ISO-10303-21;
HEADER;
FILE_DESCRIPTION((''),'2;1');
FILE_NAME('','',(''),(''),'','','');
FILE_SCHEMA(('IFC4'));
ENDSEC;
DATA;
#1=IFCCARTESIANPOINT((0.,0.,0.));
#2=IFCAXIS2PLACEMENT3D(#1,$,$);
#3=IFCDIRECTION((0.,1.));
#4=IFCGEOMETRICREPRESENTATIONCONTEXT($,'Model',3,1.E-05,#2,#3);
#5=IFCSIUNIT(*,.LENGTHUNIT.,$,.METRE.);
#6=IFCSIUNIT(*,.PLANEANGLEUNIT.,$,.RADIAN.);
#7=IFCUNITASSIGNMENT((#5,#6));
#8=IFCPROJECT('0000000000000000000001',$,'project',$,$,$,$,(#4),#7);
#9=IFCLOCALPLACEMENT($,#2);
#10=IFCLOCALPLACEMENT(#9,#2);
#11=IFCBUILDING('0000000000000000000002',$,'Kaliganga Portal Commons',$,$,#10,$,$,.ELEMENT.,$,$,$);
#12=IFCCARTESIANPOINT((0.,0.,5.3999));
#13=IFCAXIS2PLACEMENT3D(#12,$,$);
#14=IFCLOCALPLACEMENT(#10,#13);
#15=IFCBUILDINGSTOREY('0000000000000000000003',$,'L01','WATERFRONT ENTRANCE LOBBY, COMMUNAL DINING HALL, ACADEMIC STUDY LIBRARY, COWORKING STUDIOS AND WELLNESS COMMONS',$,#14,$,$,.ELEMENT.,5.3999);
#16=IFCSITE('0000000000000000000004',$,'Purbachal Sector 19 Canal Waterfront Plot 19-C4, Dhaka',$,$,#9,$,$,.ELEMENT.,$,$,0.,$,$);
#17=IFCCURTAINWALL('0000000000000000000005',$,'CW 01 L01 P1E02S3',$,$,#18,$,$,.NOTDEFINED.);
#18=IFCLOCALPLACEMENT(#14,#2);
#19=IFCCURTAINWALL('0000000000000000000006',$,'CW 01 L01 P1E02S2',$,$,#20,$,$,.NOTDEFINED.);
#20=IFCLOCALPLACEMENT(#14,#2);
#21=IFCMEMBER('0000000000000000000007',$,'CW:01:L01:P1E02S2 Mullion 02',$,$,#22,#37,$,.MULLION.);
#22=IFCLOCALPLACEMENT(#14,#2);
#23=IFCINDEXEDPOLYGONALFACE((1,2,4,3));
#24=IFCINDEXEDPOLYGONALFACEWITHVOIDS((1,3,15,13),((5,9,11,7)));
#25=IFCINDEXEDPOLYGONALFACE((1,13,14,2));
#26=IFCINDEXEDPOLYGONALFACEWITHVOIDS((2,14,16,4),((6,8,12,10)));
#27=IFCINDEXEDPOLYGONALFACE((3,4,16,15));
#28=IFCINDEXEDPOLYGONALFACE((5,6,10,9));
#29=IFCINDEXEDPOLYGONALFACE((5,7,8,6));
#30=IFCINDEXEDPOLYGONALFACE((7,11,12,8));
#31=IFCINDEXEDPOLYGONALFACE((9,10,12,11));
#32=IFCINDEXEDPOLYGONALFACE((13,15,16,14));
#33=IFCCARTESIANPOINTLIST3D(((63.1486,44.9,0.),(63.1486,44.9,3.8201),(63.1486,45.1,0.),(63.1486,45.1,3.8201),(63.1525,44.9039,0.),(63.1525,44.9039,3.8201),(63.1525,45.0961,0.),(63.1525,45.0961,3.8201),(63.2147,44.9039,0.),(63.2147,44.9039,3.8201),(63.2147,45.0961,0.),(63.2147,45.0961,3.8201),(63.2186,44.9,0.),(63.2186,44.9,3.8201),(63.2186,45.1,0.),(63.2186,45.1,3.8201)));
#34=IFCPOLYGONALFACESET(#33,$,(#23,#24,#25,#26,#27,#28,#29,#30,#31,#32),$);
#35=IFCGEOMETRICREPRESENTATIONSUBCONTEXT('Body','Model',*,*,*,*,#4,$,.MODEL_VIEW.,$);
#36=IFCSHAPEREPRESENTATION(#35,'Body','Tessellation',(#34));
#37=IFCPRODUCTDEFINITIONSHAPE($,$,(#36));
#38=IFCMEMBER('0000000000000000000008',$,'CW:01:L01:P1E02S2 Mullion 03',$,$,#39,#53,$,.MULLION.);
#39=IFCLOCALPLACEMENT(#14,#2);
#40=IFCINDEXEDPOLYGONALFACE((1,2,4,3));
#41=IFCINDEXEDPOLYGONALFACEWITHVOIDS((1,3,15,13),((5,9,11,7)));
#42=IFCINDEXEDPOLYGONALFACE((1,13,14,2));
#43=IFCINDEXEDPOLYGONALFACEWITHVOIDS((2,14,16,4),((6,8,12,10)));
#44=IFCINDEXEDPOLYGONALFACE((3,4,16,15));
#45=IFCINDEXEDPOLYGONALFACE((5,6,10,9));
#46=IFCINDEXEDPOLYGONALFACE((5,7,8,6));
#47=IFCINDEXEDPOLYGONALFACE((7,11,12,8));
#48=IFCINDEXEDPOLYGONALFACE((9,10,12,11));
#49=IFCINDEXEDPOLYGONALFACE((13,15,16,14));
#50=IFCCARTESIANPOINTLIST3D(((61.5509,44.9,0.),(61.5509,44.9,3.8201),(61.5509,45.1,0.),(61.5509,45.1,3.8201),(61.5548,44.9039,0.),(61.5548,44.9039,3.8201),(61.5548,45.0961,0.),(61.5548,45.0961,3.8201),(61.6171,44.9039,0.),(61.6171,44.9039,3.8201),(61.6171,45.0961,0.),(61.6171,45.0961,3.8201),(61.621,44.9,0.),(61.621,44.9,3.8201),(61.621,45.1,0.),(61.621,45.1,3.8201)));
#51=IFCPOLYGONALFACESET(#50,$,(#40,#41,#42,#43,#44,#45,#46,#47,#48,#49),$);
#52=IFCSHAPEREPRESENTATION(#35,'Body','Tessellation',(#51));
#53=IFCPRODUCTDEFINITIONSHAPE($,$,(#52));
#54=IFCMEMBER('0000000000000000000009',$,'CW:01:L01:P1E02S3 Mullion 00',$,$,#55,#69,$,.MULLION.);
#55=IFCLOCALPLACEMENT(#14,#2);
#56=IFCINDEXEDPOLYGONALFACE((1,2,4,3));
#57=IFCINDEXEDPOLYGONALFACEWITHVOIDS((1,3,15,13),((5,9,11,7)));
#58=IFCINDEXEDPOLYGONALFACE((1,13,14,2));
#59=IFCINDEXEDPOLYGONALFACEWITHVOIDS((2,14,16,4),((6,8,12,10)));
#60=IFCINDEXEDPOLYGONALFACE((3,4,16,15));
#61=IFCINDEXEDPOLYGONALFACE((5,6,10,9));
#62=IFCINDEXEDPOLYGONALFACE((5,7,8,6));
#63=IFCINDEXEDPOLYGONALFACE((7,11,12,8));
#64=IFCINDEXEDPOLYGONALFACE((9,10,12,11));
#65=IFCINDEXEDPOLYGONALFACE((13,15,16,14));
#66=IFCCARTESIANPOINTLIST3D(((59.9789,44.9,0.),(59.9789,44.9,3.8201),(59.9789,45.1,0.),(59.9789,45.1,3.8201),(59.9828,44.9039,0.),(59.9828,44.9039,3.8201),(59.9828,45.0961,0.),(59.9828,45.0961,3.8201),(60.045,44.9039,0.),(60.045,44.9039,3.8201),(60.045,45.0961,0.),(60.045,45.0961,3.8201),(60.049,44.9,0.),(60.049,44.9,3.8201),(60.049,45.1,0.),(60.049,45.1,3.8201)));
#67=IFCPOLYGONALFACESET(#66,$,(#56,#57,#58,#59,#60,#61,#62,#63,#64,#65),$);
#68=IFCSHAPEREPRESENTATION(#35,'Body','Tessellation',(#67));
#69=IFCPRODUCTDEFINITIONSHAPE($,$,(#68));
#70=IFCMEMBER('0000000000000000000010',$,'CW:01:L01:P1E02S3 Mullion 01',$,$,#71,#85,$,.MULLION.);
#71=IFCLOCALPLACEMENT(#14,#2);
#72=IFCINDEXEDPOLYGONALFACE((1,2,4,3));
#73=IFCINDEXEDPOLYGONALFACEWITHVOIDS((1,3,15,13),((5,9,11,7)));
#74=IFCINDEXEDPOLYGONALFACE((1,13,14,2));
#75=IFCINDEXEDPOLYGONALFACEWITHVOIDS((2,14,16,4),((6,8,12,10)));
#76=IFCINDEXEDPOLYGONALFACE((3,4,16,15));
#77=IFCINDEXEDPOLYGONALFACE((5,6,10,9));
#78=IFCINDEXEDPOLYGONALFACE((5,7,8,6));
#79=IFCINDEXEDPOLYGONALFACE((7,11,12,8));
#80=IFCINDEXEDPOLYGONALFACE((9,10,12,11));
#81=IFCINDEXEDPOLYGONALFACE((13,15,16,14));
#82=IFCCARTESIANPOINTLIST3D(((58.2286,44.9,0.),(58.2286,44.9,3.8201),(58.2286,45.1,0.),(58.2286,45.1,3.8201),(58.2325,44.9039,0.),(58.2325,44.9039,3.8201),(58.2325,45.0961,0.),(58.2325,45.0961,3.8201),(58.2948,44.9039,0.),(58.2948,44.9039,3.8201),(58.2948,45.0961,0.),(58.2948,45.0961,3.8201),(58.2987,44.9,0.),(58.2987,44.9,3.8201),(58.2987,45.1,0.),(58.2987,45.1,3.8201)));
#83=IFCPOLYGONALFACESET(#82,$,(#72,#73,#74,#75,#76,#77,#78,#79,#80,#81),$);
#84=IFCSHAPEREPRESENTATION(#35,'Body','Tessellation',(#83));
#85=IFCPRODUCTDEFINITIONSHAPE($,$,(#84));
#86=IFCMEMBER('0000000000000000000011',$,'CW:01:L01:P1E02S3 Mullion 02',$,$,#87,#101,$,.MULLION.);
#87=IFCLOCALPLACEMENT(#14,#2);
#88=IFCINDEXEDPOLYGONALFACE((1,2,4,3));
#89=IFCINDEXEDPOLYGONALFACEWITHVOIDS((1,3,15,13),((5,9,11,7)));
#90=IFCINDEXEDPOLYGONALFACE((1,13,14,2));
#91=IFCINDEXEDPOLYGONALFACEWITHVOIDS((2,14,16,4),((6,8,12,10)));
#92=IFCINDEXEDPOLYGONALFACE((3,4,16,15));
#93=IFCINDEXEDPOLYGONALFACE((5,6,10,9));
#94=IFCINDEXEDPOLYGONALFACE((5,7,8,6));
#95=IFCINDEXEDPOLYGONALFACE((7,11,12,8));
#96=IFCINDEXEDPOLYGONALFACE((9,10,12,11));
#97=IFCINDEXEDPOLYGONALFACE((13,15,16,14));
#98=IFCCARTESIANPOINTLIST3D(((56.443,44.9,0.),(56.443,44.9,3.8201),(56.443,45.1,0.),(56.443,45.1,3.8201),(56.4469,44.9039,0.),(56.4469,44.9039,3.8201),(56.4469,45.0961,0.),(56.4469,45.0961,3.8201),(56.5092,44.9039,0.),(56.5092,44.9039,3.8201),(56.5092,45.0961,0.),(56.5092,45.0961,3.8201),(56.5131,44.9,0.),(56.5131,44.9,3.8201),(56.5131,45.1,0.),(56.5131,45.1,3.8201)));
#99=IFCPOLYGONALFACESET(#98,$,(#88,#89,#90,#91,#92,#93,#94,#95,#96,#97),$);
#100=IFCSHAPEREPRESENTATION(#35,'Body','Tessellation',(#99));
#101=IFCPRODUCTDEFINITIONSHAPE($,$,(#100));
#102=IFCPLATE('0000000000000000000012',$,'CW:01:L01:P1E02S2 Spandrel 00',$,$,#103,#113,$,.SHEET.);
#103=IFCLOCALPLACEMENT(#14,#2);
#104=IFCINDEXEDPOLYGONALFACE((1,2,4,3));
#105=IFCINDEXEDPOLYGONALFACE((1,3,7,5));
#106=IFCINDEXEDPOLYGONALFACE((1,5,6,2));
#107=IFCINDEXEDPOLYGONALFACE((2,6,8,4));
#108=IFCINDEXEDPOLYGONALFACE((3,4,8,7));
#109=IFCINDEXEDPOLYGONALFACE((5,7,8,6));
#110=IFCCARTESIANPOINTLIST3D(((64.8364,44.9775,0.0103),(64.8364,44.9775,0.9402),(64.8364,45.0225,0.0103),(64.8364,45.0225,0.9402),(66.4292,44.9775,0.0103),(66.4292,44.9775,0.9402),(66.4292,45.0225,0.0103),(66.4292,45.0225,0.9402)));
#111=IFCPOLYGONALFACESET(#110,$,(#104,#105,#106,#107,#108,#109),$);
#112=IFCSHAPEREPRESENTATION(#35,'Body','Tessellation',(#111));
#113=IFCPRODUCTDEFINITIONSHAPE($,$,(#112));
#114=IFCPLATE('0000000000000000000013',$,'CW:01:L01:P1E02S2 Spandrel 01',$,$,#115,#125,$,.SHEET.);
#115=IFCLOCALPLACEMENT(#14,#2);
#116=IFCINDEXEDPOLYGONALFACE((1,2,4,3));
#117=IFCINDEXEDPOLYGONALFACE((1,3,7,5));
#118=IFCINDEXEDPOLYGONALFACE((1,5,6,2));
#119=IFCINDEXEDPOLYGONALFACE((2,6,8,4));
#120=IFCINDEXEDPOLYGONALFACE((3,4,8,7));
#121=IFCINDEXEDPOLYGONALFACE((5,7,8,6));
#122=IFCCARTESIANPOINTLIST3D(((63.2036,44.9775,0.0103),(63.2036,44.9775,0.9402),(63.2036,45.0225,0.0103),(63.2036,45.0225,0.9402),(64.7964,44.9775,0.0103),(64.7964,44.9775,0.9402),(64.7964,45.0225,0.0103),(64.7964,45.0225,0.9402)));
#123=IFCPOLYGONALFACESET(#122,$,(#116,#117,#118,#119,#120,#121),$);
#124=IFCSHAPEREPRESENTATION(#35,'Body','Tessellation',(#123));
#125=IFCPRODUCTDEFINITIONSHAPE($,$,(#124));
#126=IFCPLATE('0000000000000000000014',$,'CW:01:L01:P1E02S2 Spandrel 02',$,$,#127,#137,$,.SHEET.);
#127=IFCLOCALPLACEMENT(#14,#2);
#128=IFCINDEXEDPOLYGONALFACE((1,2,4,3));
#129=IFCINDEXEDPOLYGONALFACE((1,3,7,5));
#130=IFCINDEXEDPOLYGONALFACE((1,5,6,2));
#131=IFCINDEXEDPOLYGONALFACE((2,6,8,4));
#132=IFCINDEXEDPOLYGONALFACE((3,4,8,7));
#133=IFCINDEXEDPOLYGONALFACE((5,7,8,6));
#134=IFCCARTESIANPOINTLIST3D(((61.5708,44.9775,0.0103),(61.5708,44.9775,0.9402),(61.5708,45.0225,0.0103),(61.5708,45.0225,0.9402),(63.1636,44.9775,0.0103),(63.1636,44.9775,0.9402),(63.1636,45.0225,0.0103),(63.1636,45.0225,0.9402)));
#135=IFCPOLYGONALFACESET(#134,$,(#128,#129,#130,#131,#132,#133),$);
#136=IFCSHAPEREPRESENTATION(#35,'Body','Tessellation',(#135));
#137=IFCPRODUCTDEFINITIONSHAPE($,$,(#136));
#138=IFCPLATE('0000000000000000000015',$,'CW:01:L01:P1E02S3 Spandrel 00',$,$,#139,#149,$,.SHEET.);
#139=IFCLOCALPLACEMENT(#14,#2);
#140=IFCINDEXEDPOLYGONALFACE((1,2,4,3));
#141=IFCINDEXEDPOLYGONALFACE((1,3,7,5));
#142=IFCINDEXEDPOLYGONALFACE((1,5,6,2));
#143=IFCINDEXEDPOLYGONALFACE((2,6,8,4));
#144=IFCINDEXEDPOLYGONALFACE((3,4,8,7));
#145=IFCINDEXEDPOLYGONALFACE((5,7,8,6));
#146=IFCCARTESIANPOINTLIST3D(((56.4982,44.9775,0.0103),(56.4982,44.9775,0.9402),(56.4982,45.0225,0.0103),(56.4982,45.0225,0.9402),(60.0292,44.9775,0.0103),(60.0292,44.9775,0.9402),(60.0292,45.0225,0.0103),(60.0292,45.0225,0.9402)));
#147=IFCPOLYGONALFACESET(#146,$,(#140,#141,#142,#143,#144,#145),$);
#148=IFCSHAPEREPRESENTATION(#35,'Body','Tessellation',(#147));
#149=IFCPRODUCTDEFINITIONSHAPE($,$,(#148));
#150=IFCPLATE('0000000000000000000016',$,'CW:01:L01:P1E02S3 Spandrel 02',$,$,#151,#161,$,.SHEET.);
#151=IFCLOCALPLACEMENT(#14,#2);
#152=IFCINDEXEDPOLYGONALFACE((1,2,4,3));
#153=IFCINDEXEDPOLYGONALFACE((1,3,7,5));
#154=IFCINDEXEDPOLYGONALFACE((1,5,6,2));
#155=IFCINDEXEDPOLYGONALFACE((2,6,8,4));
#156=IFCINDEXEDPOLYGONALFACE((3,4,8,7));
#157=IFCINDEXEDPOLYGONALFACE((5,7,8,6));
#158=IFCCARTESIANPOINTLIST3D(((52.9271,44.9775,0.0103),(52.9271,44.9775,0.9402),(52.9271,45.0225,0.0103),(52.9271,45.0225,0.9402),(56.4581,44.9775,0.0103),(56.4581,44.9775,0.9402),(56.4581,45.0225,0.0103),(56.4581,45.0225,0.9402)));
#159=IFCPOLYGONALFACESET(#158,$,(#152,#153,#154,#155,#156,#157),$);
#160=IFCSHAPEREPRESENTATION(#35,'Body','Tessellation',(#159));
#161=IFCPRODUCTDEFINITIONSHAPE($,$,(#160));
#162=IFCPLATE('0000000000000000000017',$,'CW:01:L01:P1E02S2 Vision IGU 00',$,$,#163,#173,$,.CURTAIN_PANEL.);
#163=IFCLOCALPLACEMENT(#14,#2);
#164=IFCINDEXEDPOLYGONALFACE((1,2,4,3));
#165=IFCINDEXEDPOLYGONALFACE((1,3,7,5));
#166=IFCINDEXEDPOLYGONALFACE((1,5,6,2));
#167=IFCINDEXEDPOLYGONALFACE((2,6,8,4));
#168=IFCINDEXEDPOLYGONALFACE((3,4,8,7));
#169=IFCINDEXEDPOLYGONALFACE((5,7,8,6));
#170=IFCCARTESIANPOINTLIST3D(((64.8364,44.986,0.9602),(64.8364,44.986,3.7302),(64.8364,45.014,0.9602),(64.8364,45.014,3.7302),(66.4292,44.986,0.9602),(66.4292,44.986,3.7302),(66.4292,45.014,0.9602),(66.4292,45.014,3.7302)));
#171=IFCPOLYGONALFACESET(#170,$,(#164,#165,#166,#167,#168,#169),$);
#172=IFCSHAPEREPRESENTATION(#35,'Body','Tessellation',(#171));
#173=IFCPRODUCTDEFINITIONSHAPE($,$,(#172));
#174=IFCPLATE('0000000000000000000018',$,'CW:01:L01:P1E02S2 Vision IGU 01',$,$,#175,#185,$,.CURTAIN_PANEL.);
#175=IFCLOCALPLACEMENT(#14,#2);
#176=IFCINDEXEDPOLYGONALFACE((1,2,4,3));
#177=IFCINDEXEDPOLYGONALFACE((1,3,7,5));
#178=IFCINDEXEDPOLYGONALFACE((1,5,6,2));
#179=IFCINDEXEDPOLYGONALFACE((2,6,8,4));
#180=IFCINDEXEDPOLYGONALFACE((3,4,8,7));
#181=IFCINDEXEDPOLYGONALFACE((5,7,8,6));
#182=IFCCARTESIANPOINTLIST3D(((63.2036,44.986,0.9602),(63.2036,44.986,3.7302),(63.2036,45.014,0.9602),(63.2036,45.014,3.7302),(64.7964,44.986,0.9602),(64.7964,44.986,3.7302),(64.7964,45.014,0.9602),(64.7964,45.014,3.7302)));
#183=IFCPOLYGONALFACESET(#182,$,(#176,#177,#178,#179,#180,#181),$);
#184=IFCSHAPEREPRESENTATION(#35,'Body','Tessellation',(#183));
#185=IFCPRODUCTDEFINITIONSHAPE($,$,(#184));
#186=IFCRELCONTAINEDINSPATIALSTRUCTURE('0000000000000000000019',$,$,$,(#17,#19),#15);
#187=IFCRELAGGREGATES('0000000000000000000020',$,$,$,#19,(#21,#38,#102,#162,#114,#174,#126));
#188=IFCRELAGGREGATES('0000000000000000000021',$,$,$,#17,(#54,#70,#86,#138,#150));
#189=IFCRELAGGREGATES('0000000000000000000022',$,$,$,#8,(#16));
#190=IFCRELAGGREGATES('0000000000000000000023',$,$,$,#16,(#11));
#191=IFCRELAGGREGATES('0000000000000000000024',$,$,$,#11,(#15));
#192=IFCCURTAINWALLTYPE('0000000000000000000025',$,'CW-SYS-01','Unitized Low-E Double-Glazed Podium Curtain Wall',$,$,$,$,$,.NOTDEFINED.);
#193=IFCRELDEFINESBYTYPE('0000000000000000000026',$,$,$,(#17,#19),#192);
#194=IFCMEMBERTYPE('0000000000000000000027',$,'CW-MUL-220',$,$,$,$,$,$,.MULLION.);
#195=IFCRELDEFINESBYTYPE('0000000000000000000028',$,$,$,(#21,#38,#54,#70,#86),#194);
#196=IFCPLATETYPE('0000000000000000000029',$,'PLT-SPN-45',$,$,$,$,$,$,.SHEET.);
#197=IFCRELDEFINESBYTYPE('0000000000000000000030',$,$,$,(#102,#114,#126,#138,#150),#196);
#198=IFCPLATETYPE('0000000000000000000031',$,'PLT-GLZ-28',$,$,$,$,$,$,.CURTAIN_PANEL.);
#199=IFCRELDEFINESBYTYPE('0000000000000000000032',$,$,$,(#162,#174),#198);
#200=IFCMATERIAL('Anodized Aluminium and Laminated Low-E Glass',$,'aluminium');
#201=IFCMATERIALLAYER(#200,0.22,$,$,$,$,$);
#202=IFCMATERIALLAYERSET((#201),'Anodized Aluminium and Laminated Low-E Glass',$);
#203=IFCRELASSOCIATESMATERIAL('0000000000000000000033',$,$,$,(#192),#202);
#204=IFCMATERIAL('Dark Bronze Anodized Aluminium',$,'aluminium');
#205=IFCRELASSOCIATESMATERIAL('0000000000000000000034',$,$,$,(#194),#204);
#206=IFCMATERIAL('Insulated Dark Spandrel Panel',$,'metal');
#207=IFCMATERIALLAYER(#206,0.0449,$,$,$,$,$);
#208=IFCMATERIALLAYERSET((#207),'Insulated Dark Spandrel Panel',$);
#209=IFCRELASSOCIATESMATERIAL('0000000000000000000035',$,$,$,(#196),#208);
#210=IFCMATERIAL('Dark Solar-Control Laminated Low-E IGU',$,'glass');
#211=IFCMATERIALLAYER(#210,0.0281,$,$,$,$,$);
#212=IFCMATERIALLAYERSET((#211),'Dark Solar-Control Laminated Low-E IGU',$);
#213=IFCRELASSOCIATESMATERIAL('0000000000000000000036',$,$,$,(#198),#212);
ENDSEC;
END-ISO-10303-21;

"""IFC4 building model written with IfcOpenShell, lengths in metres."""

from ifc_helpers import new_model, si_unit, direction, frame, origin, origin_2d, place, context, subcontext, project, spatial, rectangle, hollow_rectangle, extrude, source, transform, mapped, material, layer, layer_set, material_profile, profile_set, type_object, element, aggregate, save


model = new_model("IFC4")

# Units and contexts
model_context = context("Model", 3, precision=1e-05, world=origin(), true_north=direction((0.0, 1.0)))
body_context = subcontext(model_context, "Body", "Model", "MODEL_VIEW")
ifc_project = project(units=[si_unit("LENGTHUNIT", "METRE"), si_unit("PLANEANGLEUNIT", "RADIAN")], contexts=[model_context])

# Site, building, storey
site_placement = place(None, origin())
site = spatial("IfcSite", under=ifc_project, at=site_placement, Name="Purbachal Sector 19 Canal Waterfront Plot 19-C4, Dhaka", CompositionType="ELEMENT", RefElevation=0.0)
building_placement = place(site_placement, origin())
building = spatial("IfcBuilding", under=site, at=building_placement, Name="Kaliganga Portal Commons", CompositionType="ELEMENT")
storey_placement = place(building_placement, frame((0.0, 0.0, 5.3999)))
storey = spatial("IfcBuildingStorey", under=building, at=storey_placement, Name="L01", Description="WATERFRONT ENTRANCE LOBBY, COMMUNAL DINING HALL, ACADEMIC STUDY LIBRARY, COWORKING STUDIOS AND WELLNESS COMMONS", CompositionType="ELEMENT", Elevation=5.3999)

# Curtain walls, members
ifc_material_1 = material(Name="Anodized Aluminium and Laminated Low-E Glass", Category="aluminium")
ifc_layer_1 = layer(ifc_material_1, 0.22)
ifc_layer_set_1 = layer_set([ifc_layer_1], Name="Anodized Aluminium and Laminated Low-E Glass")
curtain_wall_type = type_object("IfcCurtainWallType", Name="CW-SYS-01", Description="Unitized Low-E Double-Glazed Podium Curtain Wall", PredefinedType="NOTDEFINED", material=ifc_layer_set_1)
curtain_wall_1_placement = place(storey_placement, origin())
curtain_wall_1 = element("IfcCurtainWall", 1, at=curtain_wall_1_placement, inside=storey, type_object=curtain_wall_type, Name="CW 01 L01 P1E02S3", PredefinedType="NOTDEFINED")
ifc_material_2 = material(Name="Dark Bronze Anodized Aluminium", Category="aluminium")
curtain_wall_2_placement = place(storey_placement, origin())
curtain_wall_2 = element("IfcCurtainWall", 2, at=curtain_wall_2_placement, inside=storey, type_object=curtain_wall_type, Name="CW 01 L01 P1E02S2", PredefinedType="NOTDEFINED")
ifc_material_profile_1 = material_profile(ifc_material_2, hollow_rectangle(XDim=0.0701, YDim=0.2, WallThickness=0.0039, at=origin_2d()), Name="ALU MULL 70x200x4")
ifc_profile_set_1 = profile_set([ifc_material_profile_1], Name="Dark Bronze Anodized Aluminium")
member_type_1 = type_object("IfcMemberType", Name="CW-MUL-220", PredefinedType="MULLION", material=ifc_profile_set_1)
shared_shape_1 = source(origin(), body_context, "Body", "SweptSolid", [
    extrude(hollow_rectangle(XDim=0.0701, YDim=0.2, WallThickness=0.0039, at=origin_2d()), origin(), (0.0, 0.0, 1.0), 3.8201),
])
member_1_placement = place(storey_placement, frame((63.1836, 45.0, 0.0), z_axis=(0.0, 0.0, 1.0), x_axis=(-1.0, 0.0, 0.0)))
member_1 = element("IfcMember", 3, at=member_1_placement, type_object=member_type_1, Name="CW:01:L01:P1E02S2 Mullion 02", PredefinedType="MULLION", context=body_context, shape_type="MappedRepresentation", body=[
    mapped(shared_shape_1, transform((0.0, 0.0, 0.0), x_axis=(1.0, 0.0, 0.0), y_axis=(0.0, 1.0, 0.0), z_axis=(0.0, 0.0, 1.0), scale=1.0)),
])
member_2_placement = place(storey_placement, frame((61.5859, 45.0, 0.0), z_axis=(0.0, 0.0, 1.0), x_axis=(-1.0, 0.0, 0.0)))
member_2 = element("IfcMember", 4, at=member_2_placement, type_object=member_type_1, Name="CW:01:L01:P1E02S2 Mullion 03", PredefinedType="MULLION", context=body_context, shape_type="MappedRepresentation", body=[
    mapped(shared_shape_1, transform((0.0, 0.0, 0.0), x_axis=(1.0, 0.0, 0.0), y_axis=(0.0, 1.0, 0.0), z_axis=(0.0, 0.0, 1.0), scale=1.0)),
])

# Members
member_3_placement = place(storey_placement, frame((60.0139, 45.0, 0.0), z_axis=(0.0, 0.0, 1.0), x_axis=(-1.0, 0.0, 0.0)))
member_3 = element("IfcMember", 5, at=member_3_placement, type_object=member_type_1, Name="CW:01:L01:P1E02S3 Mullion 00", PredefinedType="MULLION", context=body_context, shape_type="MappedRepresentation", body=[
    mapped(shared_shape_1, transform((0.0, 0.0, 0.0), x_axis=(1.0, 0.0, 0.0), y_axis=(0.0, 1.0, 0.0), z_axis=(0.0, 0.0, 1.0), scale=1.0)),
])
member_4_placement = place(storey_placement, frame((58.2637, 45.0, 0.0), z_axis=(0.0, 0.0, 1.0), x_axis=(-1.0, 0.0, 0.0)))
member_4 = element("IfcMember", 6, at=member_4_placement, type_object=member_type_1, Name="CW:01:L01:P1E02S3 Mullion 01", PredefinedType="MULLION", context=body_context, shape_type="MappedRepresentation", body=[
    mapped(shared_shape_1, transform((0.0, 0.0, 0.0), x_axis=(1.0, 0.0, 0.0), y_axis=(0.0, 1.0, 0.0), z_axis=(0.0, 0.0, 1.0), scale=1.0)),
])
member_5_placement = place(storey_placement, frame((56.478, 45.0, 0.0), z_axis=(0.0, 0.0, 1.0), x_axis=(-1.0, 0.0, 0.0)))
member_5 = element("IfcMember", 7, at=member_5_placement, type_object=member_type_1, Name="CW:01:L01:P1E02S3 Mullion 02", PredefinedType="MULLION", context=body_context, shape_type="MappedRepresentation", body=[
    mapped(shared_shape_1, transform((0.0, 0.0, 0.0), x_axis=(1.0, 0.0, 0.0), y_axis=(0.0, 1.0, 0.0), z_axis=(0.0, 0.0, 1.0), scale=1.0)),
])

# Plates
ifc_material_3 = material(Name="Insulated Dark Spandrel Panel", Category="metal")
ifc_layer_2 = layer(ifc_material_3, 0.0449)
ifc_layer_set_2 = layer_set([ifc_layer_2], Name="Insulated Dark Spandrel Panel")
plate_type_1 = type_object("IfcPlateType", Name="PLT-SPN-45", PredefinedType="SHEET", material=ifc_layer_set_2)
shared_shape_2 = source(origin(), body_context, "Body", "SweptSolid", [
    extrude(rectangle(XDim=1.5928, YDim=0.0449, at=origin_2d()), origin(), (0.0, 0.0, 1.0), 0.9299),
])
plate_1_placement = place(storey_placement, frame((65.6328, 45.0, 0.0103), z_axis=(0.0, 0.0, 1.0), x_axis=(-1.0, 0.0, 0.0)))
plate_1 = element("IfcPlate", 8, at=plate_1_placement, type_object=plate_type_1, Name="CW:01:L01:P1E02S2 Spandrel 00", PredefinedType="SHEET", context=body_context, shape_type="MappedRepresentation", body=[
    mapped(shared_shape_2, transform((0.0, 0.0, 0.0), x_axis=(1.0, 0.0, 0.0), y_axis=(0.0, 1.0, 0.0), z_axis=(0.0, 0.0, 1.0), scale=1.0)),
])
plate_2_placement = place(storey_placement, frame((64.0, 45.0, 0.0103), z_axis=(0.0, 0.0, 1.0), x_axis=(-1.0, 0.0, 0.0)))
plate_2 = element("IfcPlate", 9, at=plate_2_placement, type_object=plate_type_1, Name="CW:01:L01:P1E02S2 Spandrel 01", PredefinedType="SHEET", context=body_context, shape_type="MappedRepresentation", body=[
    mapped(shared_shape_2, transform((0.0, 0.0, 0.0), x_axis=(1.0, 0.0, 0.0), y_axis=(0.0, 1.0, 0.0), z_axis=(0.0, 0.0, 1.0), scale=1.0)),
])
plate_3_placement = place(storey_placement, frame((62.3672, 45.0, 0.0103), z_axis=(0.0, 0.0, 1.0), x_axis=(-1.0, 0.0, 0.0)))
plate_3 = element("IfcPlate", 10, at=plate_3_placement, type_object=plate_type_1, Name="CW:01:L01:P1E02S2 Spandrel 02", PredefinedType="SHEET", context=body_context, shape_type="MappedRepresentation", body=[
    mapped(shared_shape_2, transform((0.0, 0.0, 0.0), x_axis=(1.0, 0.0, 0.0), y_axis=(0.0, 1.0, 0.0), z_axis=(0.0, 0.0, 1.0), scale=1.0)),
])
shared_shape_3 = source(origin(), body_context, "Body", "SweptSolid", [
    extrude(rectangle(XDim=3.531, YDim=0.0449, at=origin_2d()), origin(), (0.0, 0.0, 1.0), 0.9299),
])
plate_4_placement = place(storey_placement, frame((58.2637, 45.0, 0.0103), z_axis=(0.0, 0.0, 1.0), x_axis=(-1.0, 0.0, 0.0)))
plate_4 = element("IfcPlate", 11, at=plate_4_placement, type_object=plate_type_1, Name="CW:01:L01:P1E02S3 Spandrel 00", PredefinedType="SHEET", context=body_context, shape_type="MappedRepresentation", body=[
    mapped(shared_shape_3, transform((0.0, 0.0, 0.0), x_axis=(1.0, 0.0, 0.0), y_axis=(0.0, 1.0, 0.0), z_axis=(0.0, 0.0, 1.0), scale=1.0)),
])
plate_5_placement = place(storey_placement, frame((54.6926, 45.0, 0.0103), z_axis=(0.0, 0.0, 1.0), x_axis=(-1.0, 0.0, 0.0)))
plate_5 = element("IfcPlate", 12, at=plate_5_placement, type_object=plate_type_1, Name="CW:01:L01:P1E02S3 Spandrel 02", PredefinedType="SHEET", context=body_context, shape_type="MappedRepresentation", body=[
    mapped(shared_shape_3, transform((0.0, 0.0, 0.0), x_axis=(1.0, 0.0, 0.0), y_axis=(0.0, 1.0, 0.0), z_axis=(0.0, 0.0, 1.0), scale=1.0)),
])
ifc_material_4 = material(Name="Dark Solar-Control Laminated Low-E IGU", Category="glass")
ifc_layer_3 = layer(ifc_material_4, 0.0281)
ifc_layer_set_3 = layer_set([ifc_layer_3], Name="Dark Solar-Control Laminated Low-E IGU")
plate_type_2 = type_object("IfcPlateType", Name="PLT-GLZ-28", PredefinedType="CURTAIN_PANEL", material=ifc_layer_set_3)
shared_shape_4 = source(origin(), body_context, "Body", "SweptSolid", [
    extrude(rectangle(XDim=1.5928, YDim=0.0281, at=origin_2d()), origin(), (0.0, 0.0, 1.0), 2.77),
])
plate_6_placement = place(storey_placement, frame((65.6328, 45.0, 0.9602), z_axis=(0.0, 0.0, 1.0), x_axis=(-1.0, 0.0, 0.0)))
plate_6 = element("IfcPlate", 13, at=plate_6_placement, type_object=plate_type_2, Name="CW:01:L01:P1E02S2 Vision IGU 00", PredefinedType="CURTAIN_PANEL", context=body_context, shape_type="MappedRepresentation", body=[
    mapped(shared_shape_4, transform((0.0, 0.0, 0.0), x_axis=(1.0, 0.0, 0.0), y_axis=(0.0, 1.0, 0.0), z_axis=(0.0, 0.0, 1.0), scale=1.0)),
])
plate_7_placement = place(storey_placement, frame((64.0, 45.0, 0.9602), z_axis=(0.0, 0.0, 1.0), x_axis=(-1.0, 0.0, 0.0)))
plate_7 = element("IfcPlate", 14, at=plate_7_placement, type_object=plate_type_2, Name="CW:01:L01:P1E02S2 Vision IGU 01", PredefinedType="CURTAIN_PANEL", context=body_context, shape_type="MappedRepresentation", body=[
    mapped(shared_shape_4, transform((0.0, 0.0, 0.0), x_axis=(1.0, 0.0, 0.0), y_axis=(0.0, 1.0, 0.0), z_axis=(0.0, 0.0, 1.0), scale=1.0)),
])
aggregate(curtain_wall_2, [member_1, member_2, plate_1, plate_6, plate_2, plate_7, plate_3])
aggregate(curtain_wall_1, [member_3, member_4, member_5, plate_4, plate_5])

save(model, "model.ifc")
